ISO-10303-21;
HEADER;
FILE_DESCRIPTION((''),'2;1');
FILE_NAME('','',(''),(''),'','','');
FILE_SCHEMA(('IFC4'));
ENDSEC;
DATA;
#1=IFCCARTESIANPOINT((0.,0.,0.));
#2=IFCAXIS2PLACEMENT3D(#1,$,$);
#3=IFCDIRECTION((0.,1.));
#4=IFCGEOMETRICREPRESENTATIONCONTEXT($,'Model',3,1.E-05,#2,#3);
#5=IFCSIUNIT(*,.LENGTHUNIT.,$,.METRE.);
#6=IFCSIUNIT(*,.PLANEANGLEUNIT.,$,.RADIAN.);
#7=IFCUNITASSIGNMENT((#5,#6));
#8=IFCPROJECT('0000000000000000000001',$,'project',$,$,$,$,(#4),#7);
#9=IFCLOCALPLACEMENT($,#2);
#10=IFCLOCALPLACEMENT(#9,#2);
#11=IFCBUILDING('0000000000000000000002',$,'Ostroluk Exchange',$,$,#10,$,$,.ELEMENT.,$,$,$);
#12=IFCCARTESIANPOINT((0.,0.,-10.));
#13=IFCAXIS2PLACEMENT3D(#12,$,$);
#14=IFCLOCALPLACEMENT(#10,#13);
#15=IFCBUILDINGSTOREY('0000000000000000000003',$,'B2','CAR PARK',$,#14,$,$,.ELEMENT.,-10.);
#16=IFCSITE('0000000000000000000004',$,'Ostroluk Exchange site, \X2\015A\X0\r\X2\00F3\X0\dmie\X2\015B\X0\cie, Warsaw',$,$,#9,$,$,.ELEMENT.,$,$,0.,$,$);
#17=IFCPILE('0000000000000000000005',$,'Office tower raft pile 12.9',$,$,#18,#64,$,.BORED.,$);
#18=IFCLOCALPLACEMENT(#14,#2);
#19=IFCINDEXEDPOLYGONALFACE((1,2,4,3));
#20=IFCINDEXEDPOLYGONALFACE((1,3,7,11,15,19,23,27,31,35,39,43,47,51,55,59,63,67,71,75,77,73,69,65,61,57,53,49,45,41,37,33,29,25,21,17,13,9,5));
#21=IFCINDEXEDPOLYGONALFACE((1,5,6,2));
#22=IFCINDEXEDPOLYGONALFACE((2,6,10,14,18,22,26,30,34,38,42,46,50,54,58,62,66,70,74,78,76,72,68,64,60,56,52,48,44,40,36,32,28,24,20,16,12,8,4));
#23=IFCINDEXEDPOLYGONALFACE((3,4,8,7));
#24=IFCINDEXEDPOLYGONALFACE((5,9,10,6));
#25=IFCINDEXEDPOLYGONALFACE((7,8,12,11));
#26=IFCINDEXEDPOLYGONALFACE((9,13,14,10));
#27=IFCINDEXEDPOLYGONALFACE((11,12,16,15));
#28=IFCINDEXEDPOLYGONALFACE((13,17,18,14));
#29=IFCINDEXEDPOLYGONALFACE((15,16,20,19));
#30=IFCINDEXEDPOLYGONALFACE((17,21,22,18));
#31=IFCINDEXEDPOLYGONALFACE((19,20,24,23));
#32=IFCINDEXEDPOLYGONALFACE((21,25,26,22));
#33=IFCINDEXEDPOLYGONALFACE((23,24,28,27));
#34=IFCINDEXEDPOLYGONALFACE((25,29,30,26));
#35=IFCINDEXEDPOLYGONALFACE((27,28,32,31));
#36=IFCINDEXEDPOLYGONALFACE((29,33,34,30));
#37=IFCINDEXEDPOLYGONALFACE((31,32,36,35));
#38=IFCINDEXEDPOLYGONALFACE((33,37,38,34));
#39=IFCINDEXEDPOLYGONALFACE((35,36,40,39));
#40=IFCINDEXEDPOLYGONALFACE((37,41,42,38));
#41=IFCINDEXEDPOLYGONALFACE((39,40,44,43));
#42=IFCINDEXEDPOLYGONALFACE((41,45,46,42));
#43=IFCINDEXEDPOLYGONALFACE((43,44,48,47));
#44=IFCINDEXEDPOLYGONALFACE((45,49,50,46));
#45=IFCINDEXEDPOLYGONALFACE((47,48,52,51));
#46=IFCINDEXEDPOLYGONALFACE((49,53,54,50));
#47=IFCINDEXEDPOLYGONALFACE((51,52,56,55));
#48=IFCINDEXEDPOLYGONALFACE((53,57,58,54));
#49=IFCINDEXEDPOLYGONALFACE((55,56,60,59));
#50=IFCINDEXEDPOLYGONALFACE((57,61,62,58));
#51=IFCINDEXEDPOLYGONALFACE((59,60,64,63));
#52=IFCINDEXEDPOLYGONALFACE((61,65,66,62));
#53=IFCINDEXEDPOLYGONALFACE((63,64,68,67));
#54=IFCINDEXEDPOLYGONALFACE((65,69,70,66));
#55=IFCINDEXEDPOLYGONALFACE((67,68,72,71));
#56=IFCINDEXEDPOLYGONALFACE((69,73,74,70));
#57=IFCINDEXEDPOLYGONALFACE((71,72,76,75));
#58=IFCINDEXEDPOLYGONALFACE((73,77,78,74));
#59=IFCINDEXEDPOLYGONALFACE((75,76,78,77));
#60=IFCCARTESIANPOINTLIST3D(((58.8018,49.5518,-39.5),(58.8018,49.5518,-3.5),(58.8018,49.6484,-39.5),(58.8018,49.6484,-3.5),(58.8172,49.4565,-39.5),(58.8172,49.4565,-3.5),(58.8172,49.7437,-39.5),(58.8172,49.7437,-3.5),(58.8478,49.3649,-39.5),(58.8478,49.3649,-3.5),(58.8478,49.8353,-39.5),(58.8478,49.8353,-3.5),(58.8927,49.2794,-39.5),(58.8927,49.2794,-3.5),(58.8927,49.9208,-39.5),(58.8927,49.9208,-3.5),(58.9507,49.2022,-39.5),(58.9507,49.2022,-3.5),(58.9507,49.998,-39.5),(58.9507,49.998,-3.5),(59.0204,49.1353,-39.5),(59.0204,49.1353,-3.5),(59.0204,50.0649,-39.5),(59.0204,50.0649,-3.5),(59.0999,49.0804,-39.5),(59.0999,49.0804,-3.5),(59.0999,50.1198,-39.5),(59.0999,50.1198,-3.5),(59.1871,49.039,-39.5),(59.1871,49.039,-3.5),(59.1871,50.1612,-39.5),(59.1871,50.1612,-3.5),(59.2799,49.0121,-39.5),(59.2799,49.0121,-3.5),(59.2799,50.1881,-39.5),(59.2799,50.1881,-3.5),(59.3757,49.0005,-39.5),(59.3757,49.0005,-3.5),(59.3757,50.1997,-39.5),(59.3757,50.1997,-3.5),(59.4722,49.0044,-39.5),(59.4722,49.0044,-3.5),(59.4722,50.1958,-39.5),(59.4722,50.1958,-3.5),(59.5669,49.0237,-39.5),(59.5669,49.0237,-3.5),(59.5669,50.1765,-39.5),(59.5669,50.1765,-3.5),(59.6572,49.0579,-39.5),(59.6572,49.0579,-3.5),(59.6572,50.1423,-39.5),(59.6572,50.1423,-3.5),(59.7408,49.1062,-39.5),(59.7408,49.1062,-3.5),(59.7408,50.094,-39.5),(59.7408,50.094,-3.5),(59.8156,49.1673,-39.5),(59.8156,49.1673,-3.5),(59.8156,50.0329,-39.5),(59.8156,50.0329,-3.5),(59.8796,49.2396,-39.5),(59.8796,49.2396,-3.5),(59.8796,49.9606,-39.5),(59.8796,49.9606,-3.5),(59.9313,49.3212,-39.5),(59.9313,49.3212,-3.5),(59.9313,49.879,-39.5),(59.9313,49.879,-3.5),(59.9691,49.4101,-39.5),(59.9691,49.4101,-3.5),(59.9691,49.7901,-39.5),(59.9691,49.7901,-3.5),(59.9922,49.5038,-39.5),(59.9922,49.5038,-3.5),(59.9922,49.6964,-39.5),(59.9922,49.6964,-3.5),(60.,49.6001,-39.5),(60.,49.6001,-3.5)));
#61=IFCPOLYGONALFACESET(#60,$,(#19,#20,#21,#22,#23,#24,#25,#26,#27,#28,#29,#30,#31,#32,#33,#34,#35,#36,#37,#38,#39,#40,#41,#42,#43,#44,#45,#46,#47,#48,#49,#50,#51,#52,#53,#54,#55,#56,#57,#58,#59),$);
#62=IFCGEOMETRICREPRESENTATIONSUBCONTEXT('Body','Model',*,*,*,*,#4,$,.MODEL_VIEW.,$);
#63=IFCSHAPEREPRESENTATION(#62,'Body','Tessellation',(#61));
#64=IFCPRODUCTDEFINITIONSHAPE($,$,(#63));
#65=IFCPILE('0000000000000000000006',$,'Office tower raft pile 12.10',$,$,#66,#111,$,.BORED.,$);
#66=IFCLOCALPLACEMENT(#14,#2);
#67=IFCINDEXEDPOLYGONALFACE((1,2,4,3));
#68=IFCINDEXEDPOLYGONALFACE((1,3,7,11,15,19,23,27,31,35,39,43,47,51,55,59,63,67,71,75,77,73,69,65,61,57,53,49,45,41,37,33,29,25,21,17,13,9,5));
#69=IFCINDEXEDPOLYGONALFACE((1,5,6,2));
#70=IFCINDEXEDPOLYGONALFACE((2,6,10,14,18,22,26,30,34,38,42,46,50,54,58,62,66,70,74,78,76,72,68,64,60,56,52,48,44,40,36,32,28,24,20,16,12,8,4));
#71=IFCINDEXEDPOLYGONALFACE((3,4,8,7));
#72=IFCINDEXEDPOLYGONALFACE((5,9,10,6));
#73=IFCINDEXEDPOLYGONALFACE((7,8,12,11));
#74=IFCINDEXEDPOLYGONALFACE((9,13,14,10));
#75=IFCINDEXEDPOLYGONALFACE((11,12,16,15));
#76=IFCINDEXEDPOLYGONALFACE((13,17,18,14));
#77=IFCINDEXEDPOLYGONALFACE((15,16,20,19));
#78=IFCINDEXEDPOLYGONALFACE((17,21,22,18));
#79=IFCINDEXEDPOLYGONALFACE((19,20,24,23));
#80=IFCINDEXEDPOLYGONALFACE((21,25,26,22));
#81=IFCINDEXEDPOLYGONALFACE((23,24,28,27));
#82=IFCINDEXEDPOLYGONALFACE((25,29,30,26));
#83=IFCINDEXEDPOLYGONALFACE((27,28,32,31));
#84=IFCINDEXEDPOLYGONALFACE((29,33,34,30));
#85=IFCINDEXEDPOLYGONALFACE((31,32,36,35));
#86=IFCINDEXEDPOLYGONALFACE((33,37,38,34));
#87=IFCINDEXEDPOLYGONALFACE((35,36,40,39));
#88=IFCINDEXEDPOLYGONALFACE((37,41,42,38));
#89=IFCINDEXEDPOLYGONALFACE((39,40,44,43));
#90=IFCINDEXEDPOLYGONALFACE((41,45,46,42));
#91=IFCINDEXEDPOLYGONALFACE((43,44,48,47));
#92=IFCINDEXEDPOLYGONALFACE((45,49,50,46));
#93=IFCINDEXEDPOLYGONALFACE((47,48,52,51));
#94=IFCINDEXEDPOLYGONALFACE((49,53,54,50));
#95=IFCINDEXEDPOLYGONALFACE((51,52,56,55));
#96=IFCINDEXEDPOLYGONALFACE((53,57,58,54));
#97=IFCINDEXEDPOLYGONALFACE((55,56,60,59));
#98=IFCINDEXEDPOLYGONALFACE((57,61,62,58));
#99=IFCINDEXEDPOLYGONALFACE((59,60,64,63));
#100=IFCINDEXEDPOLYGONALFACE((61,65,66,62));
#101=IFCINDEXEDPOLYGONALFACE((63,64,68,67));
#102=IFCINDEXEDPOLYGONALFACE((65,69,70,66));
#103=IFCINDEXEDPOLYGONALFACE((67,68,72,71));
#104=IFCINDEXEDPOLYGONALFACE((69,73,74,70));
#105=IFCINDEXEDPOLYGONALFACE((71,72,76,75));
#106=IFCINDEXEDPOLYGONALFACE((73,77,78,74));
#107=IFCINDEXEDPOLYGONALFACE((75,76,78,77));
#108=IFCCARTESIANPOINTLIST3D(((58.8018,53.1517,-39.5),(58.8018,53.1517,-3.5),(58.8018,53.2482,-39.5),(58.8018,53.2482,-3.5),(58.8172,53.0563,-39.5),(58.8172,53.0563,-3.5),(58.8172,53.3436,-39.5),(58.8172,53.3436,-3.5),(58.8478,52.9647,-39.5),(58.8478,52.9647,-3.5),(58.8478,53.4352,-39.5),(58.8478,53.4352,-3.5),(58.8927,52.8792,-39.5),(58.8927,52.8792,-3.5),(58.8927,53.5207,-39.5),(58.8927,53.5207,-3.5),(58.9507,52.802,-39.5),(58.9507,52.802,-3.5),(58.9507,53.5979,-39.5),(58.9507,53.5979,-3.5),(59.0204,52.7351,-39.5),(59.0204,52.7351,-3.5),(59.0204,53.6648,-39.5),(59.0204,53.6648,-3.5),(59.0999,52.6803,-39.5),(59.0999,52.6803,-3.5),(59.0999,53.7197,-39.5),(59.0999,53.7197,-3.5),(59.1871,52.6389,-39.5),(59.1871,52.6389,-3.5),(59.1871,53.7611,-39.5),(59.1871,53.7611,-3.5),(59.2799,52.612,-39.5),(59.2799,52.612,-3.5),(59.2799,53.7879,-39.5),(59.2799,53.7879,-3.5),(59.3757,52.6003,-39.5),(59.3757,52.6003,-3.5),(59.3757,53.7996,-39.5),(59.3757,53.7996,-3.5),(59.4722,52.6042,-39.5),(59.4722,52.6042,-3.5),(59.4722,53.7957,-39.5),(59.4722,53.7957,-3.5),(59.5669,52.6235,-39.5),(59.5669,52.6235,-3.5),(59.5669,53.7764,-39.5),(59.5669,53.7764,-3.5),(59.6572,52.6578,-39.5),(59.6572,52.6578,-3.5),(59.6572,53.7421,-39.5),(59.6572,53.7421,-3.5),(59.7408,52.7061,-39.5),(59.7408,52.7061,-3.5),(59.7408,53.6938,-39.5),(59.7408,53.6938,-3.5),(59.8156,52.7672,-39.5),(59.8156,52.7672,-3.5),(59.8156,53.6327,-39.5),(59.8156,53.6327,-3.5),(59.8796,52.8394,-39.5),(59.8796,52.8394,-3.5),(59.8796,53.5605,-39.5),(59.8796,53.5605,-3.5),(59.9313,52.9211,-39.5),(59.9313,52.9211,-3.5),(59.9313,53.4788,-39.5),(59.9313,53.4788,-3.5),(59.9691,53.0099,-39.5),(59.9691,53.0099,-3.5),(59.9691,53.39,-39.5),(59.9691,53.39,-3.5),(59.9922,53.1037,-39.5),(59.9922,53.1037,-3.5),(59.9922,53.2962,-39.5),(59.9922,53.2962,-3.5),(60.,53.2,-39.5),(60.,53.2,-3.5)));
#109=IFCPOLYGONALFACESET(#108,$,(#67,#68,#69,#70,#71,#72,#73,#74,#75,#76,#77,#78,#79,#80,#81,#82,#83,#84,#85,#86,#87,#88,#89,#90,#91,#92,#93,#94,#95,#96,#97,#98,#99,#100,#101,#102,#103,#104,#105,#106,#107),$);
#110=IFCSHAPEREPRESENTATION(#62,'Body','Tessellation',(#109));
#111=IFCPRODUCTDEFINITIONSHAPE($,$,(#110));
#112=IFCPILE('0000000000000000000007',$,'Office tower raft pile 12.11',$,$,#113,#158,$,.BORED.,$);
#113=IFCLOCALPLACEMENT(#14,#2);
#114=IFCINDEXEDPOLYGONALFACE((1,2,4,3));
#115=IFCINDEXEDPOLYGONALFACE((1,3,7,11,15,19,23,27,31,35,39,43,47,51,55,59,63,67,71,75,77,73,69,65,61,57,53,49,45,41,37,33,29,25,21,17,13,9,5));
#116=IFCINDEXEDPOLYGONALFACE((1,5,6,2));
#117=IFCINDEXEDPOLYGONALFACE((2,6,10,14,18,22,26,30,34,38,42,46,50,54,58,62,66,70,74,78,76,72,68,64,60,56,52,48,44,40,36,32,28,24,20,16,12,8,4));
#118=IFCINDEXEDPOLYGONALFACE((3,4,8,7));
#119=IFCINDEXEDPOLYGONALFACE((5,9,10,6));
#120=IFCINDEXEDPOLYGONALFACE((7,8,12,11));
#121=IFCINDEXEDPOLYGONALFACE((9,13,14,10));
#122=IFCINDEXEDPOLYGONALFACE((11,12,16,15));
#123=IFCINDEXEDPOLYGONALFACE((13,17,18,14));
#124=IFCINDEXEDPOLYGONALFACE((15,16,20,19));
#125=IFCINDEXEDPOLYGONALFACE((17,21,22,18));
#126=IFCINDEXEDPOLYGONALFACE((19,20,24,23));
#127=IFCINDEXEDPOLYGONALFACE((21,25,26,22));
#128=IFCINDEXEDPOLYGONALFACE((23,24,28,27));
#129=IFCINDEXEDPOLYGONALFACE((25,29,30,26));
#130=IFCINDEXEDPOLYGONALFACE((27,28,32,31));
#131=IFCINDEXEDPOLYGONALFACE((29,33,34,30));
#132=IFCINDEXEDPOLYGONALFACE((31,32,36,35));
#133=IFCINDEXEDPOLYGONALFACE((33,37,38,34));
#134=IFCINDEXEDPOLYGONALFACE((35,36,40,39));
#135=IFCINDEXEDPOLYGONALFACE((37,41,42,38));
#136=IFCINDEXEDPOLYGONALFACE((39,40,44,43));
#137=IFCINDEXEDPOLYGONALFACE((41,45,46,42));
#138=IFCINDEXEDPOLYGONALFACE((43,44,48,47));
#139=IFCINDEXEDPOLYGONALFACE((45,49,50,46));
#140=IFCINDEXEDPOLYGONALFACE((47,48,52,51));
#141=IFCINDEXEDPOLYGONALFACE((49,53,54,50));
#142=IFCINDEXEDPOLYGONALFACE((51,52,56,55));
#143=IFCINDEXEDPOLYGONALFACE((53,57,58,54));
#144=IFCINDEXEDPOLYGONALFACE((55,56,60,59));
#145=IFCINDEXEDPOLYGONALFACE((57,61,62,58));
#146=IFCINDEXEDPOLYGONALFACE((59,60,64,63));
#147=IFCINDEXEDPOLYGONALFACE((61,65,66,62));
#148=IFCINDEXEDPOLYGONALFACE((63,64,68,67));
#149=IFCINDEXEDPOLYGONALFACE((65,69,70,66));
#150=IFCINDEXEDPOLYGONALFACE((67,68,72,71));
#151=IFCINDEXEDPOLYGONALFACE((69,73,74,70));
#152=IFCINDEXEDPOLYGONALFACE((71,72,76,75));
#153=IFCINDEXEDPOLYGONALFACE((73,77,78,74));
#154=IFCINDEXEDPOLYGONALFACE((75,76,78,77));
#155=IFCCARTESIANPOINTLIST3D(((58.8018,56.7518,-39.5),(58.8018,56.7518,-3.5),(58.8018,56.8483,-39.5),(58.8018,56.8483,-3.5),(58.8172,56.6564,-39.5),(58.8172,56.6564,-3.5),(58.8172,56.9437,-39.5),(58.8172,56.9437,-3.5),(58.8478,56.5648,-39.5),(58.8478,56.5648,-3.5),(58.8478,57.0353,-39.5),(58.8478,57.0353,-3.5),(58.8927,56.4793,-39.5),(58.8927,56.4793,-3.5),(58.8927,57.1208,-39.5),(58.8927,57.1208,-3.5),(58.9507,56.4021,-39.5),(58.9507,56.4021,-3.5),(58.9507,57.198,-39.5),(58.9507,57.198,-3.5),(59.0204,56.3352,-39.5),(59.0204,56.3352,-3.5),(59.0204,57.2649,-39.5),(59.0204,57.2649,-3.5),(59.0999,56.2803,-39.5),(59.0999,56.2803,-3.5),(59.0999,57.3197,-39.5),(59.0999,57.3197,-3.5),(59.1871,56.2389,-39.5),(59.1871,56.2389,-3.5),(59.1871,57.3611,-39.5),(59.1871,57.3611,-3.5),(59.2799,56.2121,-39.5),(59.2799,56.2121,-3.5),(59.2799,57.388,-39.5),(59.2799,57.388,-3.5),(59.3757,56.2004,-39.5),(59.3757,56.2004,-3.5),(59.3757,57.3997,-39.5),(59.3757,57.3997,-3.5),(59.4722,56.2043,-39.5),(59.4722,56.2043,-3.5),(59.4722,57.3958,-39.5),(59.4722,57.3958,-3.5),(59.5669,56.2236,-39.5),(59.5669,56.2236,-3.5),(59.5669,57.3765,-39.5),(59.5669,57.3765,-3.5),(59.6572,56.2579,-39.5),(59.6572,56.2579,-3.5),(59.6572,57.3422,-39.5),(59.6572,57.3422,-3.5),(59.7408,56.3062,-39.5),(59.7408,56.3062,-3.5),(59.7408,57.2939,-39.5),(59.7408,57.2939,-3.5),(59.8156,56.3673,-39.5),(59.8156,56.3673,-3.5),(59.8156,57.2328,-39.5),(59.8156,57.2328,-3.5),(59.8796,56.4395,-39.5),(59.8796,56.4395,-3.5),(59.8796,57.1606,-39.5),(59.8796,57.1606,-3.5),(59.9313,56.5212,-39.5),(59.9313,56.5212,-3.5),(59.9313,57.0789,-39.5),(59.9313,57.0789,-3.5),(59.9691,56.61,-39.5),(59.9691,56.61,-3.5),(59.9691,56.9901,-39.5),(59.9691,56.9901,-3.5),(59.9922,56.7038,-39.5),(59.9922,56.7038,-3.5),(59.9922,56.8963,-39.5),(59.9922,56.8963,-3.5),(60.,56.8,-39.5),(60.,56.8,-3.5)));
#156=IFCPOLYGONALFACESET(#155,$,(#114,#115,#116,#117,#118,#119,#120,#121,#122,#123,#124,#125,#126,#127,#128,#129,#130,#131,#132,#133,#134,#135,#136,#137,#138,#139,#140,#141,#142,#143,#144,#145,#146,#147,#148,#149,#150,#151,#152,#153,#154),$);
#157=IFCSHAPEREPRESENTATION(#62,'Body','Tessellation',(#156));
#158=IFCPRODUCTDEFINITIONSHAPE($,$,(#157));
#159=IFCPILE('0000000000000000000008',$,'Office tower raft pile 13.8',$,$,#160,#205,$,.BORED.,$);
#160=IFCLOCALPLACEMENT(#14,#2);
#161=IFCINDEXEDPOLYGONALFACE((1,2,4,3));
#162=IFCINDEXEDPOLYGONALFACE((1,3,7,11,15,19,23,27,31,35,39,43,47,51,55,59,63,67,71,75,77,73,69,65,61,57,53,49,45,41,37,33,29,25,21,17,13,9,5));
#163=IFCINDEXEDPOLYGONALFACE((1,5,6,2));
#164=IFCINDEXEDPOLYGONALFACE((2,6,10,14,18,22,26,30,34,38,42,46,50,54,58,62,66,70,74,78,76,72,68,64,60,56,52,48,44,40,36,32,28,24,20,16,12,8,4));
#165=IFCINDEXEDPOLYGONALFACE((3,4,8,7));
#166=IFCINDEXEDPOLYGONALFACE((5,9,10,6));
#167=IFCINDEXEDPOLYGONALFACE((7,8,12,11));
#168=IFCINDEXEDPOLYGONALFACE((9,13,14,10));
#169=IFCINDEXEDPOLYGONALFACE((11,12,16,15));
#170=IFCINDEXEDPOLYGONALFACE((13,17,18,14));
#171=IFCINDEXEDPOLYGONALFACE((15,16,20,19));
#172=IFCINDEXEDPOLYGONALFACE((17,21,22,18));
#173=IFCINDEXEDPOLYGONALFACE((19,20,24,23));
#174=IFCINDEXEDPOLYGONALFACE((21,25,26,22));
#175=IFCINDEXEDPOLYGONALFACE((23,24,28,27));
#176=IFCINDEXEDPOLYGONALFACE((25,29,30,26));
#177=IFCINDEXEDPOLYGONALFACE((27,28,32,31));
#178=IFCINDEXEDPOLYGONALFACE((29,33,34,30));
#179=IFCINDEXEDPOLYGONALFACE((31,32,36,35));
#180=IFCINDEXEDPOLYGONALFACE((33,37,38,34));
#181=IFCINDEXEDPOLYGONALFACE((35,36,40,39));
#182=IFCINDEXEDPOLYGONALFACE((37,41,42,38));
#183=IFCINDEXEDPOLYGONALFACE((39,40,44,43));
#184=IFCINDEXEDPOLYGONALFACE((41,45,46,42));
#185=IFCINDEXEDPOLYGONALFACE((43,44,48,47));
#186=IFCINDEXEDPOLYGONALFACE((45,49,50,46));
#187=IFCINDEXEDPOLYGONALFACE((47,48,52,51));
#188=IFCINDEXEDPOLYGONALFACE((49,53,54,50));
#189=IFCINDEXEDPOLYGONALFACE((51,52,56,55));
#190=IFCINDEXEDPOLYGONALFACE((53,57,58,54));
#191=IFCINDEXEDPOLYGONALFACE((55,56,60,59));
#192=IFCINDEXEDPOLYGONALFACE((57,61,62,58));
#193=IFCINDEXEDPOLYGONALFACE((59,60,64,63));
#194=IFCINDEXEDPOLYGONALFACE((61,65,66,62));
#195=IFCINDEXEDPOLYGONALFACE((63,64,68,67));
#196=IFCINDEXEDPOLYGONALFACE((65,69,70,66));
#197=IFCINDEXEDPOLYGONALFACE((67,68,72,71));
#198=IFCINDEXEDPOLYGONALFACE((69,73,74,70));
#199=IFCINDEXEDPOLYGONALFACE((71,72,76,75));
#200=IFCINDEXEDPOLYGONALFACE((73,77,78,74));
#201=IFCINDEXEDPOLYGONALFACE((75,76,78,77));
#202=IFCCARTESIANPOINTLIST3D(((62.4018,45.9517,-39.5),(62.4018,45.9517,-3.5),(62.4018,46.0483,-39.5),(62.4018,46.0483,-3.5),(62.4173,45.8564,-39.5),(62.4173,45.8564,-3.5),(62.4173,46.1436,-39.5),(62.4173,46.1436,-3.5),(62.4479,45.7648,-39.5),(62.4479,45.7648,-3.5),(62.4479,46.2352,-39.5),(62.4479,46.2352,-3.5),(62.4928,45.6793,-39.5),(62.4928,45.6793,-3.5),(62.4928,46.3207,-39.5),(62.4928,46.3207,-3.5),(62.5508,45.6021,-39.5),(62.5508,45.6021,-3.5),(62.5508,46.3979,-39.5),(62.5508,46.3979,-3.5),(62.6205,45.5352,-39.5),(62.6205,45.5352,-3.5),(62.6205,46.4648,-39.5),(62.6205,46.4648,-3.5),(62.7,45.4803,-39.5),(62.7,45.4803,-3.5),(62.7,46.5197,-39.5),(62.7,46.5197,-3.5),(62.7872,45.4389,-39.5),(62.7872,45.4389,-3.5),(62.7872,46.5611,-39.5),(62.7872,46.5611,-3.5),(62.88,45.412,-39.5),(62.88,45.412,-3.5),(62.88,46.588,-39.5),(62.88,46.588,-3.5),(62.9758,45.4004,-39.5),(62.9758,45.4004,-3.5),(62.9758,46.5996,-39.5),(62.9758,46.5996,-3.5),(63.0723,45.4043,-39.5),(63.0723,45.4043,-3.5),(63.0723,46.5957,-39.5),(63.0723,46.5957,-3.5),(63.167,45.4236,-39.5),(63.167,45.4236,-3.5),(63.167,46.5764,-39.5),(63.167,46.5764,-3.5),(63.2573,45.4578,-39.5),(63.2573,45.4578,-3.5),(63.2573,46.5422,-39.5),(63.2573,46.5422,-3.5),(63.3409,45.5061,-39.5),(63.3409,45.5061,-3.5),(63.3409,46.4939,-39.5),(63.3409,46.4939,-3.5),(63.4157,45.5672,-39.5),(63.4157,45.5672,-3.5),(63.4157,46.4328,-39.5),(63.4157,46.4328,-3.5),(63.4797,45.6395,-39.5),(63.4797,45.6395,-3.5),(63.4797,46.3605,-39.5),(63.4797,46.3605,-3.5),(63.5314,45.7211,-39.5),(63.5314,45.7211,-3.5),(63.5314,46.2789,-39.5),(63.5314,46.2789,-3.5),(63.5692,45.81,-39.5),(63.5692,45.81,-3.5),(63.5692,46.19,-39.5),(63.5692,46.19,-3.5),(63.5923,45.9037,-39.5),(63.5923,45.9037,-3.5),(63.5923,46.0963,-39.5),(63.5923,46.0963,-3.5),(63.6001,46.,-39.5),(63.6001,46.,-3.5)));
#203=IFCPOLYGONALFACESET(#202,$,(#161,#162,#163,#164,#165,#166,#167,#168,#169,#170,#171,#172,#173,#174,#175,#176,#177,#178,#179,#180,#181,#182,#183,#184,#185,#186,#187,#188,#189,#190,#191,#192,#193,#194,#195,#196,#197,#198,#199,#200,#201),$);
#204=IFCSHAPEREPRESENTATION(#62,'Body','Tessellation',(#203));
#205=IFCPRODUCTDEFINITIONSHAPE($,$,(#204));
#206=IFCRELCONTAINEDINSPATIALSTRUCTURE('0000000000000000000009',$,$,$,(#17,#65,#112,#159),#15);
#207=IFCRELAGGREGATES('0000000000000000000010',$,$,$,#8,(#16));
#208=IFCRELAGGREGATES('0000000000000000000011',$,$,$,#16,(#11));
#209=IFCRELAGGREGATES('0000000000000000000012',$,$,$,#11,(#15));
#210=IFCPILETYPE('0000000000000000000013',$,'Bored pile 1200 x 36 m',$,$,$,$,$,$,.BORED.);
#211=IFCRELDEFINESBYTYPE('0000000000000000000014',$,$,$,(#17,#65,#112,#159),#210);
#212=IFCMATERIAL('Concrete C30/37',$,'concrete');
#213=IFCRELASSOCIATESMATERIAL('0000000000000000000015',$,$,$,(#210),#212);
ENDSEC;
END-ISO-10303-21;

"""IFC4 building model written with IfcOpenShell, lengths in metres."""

from ifc_helpers import new_model, si_unit, direction, frame, origin, origin_2d, place, context, subcontext, project, spatial, circle, extrude, material, type_object, element, save


model = new_model("IFC4")

# Units and contexts
model_context = context("Model", 3, precision=1e-05, world=origin(), true_north=direction((0.0, 1.0)))
body_context = subcontext(model_context, "Body", "Model", "MODEL_VIEW")
ifc_project = project(units=[si_unit("LENGTHUNIT", "METRE"), si_unit("PLANEANGLEUNIT", "RADIAN")], contexts=[model_context])

# Site, building, storey
site_placement = place(None, origin())
site = spatial("IfcSite", under=ifc_project, at=site_placement, Name="Ostroluk Exchange site, Śródmieście, Warsaw", CompositionType="ELEMENT", RefElevation=0.0)
building_placement = place(site_placement, origin())
building = spatial("IfcBuilding", under=site, at=building_placement, Name="Ostroluk Exchange", CompositionType="ELEMENT")
storey_placement = place(building_placement, frame((0.0, 0.0, -10.0)))
storey = spatial("IfcBuildingStorey", under=building, at=storey_placement, Name="B2", Description="CAR PARK", CompositionType="ELEMENT", Elevation=-10.0)

# Piles
ifc_material_1 = material(Name="Concrete C30/37", Category="concrete")
pile_type_1 = type_object("IfcPileType", Name="Bored pile 1200 x 36 m", PredefinedType="BORED", material=ifc_material_1)
for number, where, z_axis, x_axis, name in (
    (1, (59.3999, 49.6001, -3.5), (0.0, 0.0, -1.0), (1.0, 0.0, 0.0), "Office tower raft pile 12.9"),
    (2, (59.3999, 53.2, -3.5), (0.0, 0.0, -1.0), (1.0, 0.0, 0.0), "Office tower raft pile 12.10"),
    (3, (59.3999, 56.8, -3.5), (0.0, 0.0, -1.0), (1.0, 0.0, 0.0), "Office tower raft pile 12.11"),
    (4, (63.0, 46.0, -3.5), (0.0, 0.0, -1.0), (1.0, 0.0, 0.0), "Office tower raft pile 13.8"),
):
    element("IfcPile", number, at=place(storey_placement, frame(where, z_axis=z_axis, x_axis=x_axis)), inside=storey, type_object=pile_type_1, Name=name, PredefinedType="BORED", context=body_context, shape_type="SweptSolid", body=[
        extrude(circle(Radius=0.6001, at=origin_2d()), origin(), (0.0, 0.0, 1.0), 36.0),
    ])

save(model, "model.ifc")
